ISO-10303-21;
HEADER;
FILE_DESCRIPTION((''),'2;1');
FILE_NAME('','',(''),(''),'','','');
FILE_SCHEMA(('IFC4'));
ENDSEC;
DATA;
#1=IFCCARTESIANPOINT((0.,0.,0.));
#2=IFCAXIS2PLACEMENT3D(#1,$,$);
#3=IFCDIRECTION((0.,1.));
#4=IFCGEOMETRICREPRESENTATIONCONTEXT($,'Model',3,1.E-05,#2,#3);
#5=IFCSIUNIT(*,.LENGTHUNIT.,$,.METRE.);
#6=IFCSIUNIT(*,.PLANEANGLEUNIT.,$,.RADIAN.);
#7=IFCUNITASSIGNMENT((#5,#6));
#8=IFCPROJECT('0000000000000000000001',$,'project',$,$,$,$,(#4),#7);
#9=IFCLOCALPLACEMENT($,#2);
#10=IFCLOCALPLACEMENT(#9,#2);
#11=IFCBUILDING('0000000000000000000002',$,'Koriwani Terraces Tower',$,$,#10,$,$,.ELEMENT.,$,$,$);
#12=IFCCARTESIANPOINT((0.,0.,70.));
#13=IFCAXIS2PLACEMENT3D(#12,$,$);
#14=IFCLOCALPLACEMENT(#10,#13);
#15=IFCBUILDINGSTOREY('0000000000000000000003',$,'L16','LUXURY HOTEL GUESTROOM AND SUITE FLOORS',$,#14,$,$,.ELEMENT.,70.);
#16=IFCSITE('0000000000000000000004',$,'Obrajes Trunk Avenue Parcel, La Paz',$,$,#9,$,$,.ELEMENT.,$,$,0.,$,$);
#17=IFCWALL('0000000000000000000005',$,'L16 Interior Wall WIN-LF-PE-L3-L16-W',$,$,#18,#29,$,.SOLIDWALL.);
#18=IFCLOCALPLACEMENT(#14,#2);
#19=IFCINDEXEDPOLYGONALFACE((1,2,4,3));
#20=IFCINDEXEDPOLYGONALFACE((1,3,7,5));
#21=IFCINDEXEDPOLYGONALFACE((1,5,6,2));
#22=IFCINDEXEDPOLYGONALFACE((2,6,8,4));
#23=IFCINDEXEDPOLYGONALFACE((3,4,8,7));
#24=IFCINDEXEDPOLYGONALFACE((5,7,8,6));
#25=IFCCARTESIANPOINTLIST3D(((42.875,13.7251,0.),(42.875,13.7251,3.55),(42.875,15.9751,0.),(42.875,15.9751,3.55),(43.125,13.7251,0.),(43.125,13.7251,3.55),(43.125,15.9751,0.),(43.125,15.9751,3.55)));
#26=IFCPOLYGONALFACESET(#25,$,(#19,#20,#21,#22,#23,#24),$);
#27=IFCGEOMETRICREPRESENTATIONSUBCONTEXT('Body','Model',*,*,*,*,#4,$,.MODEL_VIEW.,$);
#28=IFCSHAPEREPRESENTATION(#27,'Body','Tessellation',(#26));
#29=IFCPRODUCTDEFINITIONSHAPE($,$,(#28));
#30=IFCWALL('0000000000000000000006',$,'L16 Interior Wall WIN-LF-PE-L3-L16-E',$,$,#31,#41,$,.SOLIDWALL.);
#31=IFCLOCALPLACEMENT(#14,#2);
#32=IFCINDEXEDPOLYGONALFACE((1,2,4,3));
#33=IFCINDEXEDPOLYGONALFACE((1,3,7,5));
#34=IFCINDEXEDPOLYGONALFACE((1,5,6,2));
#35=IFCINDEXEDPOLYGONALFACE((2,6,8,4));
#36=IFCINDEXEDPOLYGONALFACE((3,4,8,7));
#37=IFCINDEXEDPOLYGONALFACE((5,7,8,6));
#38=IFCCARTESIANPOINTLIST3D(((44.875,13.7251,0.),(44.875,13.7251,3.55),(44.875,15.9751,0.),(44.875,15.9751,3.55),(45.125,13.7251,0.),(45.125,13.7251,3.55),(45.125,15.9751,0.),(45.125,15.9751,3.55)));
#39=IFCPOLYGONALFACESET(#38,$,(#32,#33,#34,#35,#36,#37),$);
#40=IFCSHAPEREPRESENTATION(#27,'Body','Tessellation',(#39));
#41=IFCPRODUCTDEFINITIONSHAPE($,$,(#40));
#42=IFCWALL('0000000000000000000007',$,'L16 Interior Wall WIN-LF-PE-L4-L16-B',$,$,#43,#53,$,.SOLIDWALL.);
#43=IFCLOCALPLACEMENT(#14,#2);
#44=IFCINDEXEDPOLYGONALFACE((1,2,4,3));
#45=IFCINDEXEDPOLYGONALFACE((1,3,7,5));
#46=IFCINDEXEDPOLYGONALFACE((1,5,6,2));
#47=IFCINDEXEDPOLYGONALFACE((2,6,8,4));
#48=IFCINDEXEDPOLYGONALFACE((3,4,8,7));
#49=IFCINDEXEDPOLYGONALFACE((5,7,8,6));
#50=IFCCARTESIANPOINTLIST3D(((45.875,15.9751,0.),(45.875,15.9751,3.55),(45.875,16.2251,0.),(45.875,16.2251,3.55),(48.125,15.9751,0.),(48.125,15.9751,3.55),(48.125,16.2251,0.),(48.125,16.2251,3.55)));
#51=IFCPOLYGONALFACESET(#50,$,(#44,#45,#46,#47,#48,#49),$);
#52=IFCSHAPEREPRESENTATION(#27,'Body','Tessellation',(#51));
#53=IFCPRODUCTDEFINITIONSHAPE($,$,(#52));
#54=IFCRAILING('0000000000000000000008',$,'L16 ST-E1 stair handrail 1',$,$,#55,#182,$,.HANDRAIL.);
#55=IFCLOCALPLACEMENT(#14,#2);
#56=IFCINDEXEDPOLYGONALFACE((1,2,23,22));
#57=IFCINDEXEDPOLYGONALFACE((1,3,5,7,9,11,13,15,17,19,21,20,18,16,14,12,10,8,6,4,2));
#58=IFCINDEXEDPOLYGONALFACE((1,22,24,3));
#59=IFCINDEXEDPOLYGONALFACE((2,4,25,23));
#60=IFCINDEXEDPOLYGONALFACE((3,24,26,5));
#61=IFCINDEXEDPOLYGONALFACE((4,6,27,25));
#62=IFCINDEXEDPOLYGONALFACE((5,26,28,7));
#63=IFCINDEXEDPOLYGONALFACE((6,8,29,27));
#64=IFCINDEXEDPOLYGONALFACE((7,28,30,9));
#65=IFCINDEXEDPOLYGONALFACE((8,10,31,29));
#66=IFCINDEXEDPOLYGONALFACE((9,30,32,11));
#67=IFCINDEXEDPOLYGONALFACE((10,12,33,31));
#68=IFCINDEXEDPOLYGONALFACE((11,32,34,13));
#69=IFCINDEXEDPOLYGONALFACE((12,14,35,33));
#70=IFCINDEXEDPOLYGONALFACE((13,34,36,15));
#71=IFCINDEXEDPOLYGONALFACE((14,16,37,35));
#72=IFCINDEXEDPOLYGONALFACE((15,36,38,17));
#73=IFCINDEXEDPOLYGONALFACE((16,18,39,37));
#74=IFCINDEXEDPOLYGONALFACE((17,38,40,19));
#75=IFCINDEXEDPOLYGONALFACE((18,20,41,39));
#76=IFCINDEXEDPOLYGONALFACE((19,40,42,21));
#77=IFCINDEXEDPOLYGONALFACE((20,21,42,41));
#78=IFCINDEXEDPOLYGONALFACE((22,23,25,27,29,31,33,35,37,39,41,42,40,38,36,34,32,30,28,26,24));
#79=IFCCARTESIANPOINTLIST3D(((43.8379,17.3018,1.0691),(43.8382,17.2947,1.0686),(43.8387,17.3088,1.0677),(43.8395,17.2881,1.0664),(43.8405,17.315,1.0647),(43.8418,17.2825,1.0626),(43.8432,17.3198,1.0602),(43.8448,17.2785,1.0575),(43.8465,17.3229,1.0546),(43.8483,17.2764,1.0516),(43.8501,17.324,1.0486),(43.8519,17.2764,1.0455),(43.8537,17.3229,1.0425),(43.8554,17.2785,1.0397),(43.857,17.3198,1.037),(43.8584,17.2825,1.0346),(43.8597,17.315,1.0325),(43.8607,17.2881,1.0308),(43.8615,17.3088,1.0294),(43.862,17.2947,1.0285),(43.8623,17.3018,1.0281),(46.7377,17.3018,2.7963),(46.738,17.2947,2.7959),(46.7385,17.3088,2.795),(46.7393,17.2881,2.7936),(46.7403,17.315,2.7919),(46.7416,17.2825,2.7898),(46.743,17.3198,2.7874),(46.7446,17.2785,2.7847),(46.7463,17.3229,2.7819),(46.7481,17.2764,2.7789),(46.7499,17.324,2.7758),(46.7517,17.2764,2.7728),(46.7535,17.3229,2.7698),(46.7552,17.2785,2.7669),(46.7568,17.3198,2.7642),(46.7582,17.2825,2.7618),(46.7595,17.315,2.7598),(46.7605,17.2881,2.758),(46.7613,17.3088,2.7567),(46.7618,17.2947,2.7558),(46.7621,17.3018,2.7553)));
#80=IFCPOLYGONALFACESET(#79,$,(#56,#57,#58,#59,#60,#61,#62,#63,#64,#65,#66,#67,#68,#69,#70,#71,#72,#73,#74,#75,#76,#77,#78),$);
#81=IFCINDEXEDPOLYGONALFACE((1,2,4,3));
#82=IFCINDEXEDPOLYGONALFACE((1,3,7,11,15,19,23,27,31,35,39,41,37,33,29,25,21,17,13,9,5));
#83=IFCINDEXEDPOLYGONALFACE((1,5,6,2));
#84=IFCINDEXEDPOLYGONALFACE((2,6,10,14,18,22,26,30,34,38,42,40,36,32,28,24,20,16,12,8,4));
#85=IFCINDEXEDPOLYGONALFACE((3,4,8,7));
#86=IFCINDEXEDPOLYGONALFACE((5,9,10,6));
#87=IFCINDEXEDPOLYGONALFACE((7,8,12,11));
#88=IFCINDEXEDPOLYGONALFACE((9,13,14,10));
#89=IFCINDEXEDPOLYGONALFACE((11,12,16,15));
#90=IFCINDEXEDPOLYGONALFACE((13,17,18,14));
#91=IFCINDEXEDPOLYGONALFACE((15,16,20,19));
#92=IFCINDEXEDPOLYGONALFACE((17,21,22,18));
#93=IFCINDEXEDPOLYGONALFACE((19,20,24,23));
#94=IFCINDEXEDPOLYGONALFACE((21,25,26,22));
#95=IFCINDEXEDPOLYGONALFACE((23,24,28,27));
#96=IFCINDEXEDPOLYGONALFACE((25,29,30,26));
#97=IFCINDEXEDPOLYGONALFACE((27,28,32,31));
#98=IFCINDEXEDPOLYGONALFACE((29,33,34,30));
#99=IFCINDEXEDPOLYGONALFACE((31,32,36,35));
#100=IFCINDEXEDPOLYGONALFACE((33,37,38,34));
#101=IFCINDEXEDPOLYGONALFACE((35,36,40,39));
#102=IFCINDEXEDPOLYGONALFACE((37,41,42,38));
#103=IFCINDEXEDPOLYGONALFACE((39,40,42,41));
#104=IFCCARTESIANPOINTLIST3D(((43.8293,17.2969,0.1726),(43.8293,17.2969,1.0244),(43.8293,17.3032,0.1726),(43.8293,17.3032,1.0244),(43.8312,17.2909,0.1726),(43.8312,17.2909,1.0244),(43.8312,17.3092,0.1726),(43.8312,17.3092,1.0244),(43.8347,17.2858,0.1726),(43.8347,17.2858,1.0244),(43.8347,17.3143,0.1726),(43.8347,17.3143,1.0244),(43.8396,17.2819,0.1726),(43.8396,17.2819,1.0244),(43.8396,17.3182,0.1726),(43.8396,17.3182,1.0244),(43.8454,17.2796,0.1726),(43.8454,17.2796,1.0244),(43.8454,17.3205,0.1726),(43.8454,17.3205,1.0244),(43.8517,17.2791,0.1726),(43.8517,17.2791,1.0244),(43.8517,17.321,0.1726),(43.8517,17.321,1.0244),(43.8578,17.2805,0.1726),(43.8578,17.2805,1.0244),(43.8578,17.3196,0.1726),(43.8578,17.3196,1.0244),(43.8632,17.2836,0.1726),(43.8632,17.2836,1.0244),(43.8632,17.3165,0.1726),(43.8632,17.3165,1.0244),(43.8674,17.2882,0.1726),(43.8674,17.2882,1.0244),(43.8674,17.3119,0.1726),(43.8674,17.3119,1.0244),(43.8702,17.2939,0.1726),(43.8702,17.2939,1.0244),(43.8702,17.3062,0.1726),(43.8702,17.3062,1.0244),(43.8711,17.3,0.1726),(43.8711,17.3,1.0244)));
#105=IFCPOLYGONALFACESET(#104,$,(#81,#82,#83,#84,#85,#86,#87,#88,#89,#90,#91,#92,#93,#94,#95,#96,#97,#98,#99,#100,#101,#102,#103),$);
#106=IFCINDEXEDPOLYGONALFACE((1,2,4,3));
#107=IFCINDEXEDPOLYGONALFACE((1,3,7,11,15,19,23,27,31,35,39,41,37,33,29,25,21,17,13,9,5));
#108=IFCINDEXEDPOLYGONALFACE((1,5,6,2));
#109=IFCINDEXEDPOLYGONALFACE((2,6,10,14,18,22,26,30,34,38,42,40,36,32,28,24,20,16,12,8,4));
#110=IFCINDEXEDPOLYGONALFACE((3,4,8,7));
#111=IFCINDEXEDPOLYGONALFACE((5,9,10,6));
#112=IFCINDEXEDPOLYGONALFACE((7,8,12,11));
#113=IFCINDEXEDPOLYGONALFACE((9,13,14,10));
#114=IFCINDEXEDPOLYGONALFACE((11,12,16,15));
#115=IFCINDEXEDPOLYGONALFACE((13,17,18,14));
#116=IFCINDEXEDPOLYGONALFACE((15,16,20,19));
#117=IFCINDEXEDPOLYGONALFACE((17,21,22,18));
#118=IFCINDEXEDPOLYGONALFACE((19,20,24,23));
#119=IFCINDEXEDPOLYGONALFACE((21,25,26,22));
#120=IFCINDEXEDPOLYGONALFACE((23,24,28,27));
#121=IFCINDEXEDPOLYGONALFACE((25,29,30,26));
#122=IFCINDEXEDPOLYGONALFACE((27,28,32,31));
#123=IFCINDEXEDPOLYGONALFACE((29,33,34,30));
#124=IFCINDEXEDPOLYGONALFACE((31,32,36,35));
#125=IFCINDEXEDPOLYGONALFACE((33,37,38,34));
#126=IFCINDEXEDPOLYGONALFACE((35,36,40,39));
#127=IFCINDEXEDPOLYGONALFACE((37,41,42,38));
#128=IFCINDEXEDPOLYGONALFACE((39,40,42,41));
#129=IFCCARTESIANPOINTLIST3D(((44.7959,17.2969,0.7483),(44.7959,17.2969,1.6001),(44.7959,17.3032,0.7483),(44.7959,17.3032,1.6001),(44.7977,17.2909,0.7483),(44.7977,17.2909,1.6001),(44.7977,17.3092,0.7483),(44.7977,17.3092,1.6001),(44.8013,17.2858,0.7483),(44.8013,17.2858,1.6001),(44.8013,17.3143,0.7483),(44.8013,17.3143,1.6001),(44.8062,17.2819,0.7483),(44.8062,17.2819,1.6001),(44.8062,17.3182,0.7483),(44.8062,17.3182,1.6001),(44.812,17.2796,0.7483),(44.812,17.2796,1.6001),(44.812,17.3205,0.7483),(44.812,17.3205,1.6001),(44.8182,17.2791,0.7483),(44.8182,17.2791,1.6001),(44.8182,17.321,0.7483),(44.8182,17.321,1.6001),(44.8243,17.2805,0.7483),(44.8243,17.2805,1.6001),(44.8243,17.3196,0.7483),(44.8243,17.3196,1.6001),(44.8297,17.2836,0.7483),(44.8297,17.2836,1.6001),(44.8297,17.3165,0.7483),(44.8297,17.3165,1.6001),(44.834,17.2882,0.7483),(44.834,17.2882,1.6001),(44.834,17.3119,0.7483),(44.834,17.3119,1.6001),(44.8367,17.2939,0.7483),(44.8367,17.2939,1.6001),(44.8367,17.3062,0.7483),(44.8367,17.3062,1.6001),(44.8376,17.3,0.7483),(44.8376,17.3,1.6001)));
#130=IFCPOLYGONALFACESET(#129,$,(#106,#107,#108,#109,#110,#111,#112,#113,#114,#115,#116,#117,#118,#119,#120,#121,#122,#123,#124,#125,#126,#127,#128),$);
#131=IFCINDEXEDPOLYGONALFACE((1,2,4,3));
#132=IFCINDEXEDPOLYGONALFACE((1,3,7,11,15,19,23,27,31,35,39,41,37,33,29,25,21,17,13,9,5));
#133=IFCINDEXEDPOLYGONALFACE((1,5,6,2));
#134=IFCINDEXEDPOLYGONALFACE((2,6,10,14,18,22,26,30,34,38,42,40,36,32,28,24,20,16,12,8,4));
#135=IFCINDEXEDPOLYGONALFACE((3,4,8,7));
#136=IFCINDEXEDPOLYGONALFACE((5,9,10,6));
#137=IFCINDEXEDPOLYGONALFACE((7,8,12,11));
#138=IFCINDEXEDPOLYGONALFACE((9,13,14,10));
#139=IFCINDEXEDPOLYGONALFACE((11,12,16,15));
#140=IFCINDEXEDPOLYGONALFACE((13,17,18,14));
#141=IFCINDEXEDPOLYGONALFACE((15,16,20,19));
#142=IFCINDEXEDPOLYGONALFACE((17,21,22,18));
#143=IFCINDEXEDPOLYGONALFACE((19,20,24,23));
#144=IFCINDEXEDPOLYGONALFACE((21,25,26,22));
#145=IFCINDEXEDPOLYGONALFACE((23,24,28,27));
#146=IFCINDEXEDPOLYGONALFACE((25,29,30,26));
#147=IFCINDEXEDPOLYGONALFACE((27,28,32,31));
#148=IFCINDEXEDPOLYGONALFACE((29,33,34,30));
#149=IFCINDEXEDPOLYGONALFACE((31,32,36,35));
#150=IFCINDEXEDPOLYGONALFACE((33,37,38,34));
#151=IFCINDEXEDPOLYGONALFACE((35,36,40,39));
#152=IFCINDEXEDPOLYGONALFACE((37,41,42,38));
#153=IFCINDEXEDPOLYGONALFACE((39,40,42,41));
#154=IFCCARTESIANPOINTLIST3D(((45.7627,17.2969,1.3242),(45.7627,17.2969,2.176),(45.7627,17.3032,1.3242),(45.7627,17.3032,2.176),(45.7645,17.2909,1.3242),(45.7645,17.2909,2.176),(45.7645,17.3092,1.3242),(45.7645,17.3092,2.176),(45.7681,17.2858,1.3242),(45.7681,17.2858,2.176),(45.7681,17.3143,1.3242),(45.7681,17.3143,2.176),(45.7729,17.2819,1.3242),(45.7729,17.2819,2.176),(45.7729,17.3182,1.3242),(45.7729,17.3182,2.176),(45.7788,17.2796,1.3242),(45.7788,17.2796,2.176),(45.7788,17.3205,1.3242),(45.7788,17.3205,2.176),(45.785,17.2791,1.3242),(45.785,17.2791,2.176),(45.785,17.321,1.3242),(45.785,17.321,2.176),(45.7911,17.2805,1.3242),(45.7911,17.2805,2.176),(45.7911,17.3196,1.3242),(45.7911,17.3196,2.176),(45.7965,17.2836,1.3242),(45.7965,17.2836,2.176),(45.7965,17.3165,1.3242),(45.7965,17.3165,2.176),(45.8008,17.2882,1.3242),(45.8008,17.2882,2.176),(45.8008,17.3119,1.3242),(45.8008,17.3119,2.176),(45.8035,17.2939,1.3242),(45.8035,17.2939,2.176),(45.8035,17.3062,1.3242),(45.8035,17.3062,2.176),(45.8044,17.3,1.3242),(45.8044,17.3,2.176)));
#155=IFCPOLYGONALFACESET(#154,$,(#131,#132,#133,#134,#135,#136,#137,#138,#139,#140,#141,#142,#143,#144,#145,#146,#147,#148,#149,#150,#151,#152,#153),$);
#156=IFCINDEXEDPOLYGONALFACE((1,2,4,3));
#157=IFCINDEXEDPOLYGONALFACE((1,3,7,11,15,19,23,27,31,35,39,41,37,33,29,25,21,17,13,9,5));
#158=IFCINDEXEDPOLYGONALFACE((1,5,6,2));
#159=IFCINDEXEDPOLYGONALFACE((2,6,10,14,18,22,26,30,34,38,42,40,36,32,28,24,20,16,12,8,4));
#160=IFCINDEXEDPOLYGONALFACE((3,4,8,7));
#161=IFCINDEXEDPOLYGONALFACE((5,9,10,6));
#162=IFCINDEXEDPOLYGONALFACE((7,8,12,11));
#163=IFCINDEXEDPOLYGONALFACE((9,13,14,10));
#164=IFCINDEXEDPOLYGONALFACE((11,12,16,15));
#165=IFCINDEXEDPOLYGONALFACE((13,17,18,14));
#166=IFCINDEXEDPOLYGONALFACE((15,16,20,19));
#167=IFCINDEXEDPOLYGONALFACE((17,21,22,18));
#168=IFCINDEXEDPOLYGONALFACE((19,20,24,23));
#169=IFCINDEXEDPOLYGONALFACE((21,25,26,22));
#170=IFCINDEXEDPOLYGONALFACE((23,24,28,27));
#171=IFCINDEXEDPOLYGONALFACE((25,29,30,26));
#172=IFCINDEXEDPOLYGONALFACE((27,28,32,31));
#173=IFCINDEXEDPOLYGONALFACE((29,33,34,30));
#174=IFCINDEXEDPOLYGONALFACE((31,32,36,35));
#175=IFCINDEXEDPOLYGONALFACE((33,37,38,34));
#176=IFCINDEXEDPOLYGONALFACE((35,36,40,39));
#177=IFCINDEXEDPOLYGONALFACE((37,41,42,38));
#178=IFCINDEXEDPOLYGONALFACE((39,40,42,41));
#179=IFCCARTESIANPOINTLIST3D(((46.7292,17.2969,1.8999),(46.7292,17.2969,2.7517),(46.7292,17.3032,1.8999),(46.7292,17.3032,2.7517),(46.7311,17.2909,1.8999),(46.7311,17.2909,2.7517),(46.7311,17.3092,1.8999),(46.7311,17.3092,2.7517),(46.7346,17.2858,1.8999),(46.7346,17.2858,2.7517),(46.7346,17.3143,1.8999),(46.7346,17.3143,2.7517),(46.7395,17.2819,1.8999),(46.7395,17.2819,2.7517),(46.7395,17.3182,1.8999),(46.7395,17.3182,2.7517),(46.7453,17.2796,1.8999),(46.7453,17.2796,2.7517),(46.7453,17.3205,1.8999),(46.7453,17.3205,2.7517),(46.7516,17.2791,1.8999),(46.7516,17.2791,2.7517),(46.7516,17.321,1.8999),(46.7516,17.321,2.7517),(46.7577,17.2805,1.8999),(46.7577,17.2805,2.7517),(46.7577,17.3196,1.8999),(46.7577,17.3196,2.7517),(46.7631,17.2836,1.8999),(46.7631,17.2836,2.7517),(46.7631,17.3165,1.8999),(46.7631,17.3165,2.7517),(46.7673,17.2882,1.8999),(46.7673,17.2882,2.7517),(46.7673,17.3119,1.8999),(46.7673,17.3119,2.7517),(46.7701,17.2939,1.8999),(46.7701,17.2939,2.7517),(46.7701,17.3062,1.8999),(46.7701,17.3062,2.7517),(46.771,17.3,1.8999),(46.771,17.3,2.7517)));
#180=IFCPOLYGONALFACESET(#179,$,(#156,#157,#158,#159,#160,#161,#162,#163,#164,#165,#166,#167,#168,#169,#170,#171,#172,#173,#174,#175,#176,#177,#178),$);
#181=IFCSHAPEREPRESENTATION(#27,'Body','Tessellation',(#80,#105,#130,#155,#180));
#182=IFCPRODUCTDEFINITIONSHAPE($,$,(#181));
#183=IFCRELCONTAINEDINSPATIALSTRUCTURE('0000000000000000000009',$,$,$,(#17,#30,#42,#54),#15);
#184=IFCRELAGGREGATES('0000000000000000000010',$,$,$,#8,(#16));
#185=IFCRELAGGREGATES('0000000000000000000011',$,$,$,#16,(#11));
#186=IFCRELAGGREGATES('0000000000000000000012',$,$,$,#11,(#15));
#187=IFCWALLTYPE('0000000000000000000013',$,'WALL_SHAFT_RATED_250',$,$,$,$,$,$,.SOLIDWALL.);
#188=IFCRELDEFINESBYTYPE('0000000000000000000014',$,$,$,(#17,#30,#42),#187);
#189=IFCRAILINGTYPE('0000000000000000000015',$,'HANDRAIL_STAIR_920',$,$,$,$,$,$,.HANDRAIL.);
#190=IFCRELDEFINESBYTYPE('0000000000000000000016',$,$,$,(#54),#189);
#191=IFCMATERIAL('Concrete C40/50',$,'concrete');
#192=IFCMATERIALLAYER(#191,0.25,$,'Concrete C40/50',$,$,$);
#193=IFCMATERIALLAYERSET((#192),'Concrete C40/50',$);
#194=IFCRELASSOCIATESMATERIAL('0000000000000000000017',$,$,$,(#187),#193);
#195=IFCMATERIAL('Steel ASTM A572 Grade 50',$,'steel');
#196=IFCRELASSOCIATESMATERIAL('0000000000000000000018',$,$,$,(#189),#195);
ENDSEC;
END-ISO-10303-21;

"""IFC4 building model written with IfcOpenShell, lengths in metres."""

from ifc_helpers import new_model, si_unit, direction, frame, frame_2d, origin, origin_2d, place, context, subcontext, project, spatial, rectangle, circle, extrude, material, layer, layer_set, type_object, element, save


model = new_model("IFC4")

# Units and contexts
model_context = context("Model", 3, precision=1e-05, world=origin(), true_north=direction((0.0, 1.0)))
body_context = subcontext(model_context, "Body", "Model", "MODEL_VIEW")
ifc_project = project(units=[si_unit("LENGTHUNIT", "METRE"), si_unit("PLANEANGLEUNIT", "RADIAN")], contexts=[model_context])

# Site, building, storey
site_placement = place(None, origin())
site = spatial("IfcSite", under=ifc_project, at=site_placement, Name="Obrajes Trunk Avenue Parcel, La Paz", CompositionType="ELEMENT", RefElevation=0.0)
building_placement = place(site_placement, origin())
building = spatial("IfcBuilding", under=site, at=building_placement, Name="Koriwani Terraces Tower", CompositionType="ELEMENT")
storey_placement = place(building_placement, frame((0.0, 0.0, 70.0)))
storey = spatial("IfcBuildingStorey", under=building, at=storey_placement, Name="L16", Description="LUXURY HOTEL GUESTROOM AND SUITE FLOORS", CompositionType="ELEMENT", Elevation=70.0)

# Shared definitions
ifc_material_1 = material(Name="Concrete C40/50", Category="concrete")
ifc_material_2 = material(Name="Steel ASTM A572 Grade 50", Category="steel")

# Shared definitions
ifc_layer_1 = layer(ifc_material_1, 0.25, Name="Concrete C40/50")
ifc_layer_set_1 = layer_set([ifc_layer_1], Name="Concrete C40/50")
wall_type_1 = type_object("IfcWallType", Name="WALL_SHAFT_RATED_250", PredefinedType="SOLIDWALL", material=ifc_layer_set_1)

# Walls
for number, where, z_axis, x_axis, name in (
    (1, (43.0, 13.7251, 0.0), (0.0, 0.0, 1.0), (0.0, 1.0, 0.0), "L16 Interior Wall WIN-LF-PE-L3-L16-W"),
    (2, (45.0, 13.7251, 0.0), (0.0, 0.0, 1.0), (0.0, 1.0, 0.0), "L16 Interior Wall WIN-LF-PE-L3-L16-E"),
):
    element("IfcWall", number, at=place(storey_placement, frame(where, z_axis=z_axis, x_axis=x_axis)), inside=storey, type_object=wall_type_1, Name=name, PredefinedType="SOLIDWALL", context=body_context, shape_type="SweptSolid", body=[
        extrude(rectangle(XDim=2.25, YDim=0.25, at=frame_2d((1.125, 0.0))), origin(), (0.0, 0.0, 1.0), 3.55),
    ])

# Wall
wall_1_placement = place(storey_placement, frame((45.875, 16.1001, 0.0), z_axis=(0.0, 0.0, 1.0), x_axis=(1.0, 0.0, 0.0)))
element("IfcWall", 3, at=wall_1_placement, inside=storey, type_object=wall_type_1, Name="L16 Interior Wall WIN-LF-PE-L4-L16-B", PredefinedType="SOLIDWALL", context=body_context, shape_type="SweptSolid", body=[
    extrude(rectangle(XDim=2.25, YDim=0.25, at=frame_2d((1.125, 0.0))), origin(), (0.0, 0.0, 1.0), 3.55),
])

# Railing
railing_type = type_object("IfcRailingType", Name="HANDRAIL_STAIR_920", PredefinedType="HANDRAIL", material=ifc_material_2)
railing_placement = place(storey_placement, frame((43.8501, 17.3, 0.1726)))
element("IfcRailing", 4, at=railing_placement, inside=storey, type_object=railing_type, Name="L16 ST-E1 stair handrail 1", PredefinedType="HANDRAIL", context=body_context, shape_type="SweptSolid", body=[
    extrude(circle(Radius=0.0239, at=origin_2d()), frame((0.0, 0.0, 0.876), z_axis=(0.859141, 0.0, 0.511738), x_axis=(0.0, 1.0, 0.0)), (0.0, 0.0, 1.0), 3.3752),
    extrude(circle(Radius=0.021, at=origin_2d()), origin(), (0.0, 0.0, 1.0), 0.8518),
    extrude(circle(Radius=0.021, at=origin_2d()), frame((0.9666, 0.0, 0.5757)), (0.0, 0.0, 1.0), 0.8518),
    extrude(circle(Radius=0.021, at=origin_2d()), frame((1.9333, 0.0, 1.1516)), (0.0, 0.0, 1.0), 0.8518),
    extrude(circle(Radius=0.021, at=origin_2d()), frame((2.8999, 0.0, 1.7273)), (0.0, 0.0, 1.0), 0.8518),
])

save(model, "model.ifc")
